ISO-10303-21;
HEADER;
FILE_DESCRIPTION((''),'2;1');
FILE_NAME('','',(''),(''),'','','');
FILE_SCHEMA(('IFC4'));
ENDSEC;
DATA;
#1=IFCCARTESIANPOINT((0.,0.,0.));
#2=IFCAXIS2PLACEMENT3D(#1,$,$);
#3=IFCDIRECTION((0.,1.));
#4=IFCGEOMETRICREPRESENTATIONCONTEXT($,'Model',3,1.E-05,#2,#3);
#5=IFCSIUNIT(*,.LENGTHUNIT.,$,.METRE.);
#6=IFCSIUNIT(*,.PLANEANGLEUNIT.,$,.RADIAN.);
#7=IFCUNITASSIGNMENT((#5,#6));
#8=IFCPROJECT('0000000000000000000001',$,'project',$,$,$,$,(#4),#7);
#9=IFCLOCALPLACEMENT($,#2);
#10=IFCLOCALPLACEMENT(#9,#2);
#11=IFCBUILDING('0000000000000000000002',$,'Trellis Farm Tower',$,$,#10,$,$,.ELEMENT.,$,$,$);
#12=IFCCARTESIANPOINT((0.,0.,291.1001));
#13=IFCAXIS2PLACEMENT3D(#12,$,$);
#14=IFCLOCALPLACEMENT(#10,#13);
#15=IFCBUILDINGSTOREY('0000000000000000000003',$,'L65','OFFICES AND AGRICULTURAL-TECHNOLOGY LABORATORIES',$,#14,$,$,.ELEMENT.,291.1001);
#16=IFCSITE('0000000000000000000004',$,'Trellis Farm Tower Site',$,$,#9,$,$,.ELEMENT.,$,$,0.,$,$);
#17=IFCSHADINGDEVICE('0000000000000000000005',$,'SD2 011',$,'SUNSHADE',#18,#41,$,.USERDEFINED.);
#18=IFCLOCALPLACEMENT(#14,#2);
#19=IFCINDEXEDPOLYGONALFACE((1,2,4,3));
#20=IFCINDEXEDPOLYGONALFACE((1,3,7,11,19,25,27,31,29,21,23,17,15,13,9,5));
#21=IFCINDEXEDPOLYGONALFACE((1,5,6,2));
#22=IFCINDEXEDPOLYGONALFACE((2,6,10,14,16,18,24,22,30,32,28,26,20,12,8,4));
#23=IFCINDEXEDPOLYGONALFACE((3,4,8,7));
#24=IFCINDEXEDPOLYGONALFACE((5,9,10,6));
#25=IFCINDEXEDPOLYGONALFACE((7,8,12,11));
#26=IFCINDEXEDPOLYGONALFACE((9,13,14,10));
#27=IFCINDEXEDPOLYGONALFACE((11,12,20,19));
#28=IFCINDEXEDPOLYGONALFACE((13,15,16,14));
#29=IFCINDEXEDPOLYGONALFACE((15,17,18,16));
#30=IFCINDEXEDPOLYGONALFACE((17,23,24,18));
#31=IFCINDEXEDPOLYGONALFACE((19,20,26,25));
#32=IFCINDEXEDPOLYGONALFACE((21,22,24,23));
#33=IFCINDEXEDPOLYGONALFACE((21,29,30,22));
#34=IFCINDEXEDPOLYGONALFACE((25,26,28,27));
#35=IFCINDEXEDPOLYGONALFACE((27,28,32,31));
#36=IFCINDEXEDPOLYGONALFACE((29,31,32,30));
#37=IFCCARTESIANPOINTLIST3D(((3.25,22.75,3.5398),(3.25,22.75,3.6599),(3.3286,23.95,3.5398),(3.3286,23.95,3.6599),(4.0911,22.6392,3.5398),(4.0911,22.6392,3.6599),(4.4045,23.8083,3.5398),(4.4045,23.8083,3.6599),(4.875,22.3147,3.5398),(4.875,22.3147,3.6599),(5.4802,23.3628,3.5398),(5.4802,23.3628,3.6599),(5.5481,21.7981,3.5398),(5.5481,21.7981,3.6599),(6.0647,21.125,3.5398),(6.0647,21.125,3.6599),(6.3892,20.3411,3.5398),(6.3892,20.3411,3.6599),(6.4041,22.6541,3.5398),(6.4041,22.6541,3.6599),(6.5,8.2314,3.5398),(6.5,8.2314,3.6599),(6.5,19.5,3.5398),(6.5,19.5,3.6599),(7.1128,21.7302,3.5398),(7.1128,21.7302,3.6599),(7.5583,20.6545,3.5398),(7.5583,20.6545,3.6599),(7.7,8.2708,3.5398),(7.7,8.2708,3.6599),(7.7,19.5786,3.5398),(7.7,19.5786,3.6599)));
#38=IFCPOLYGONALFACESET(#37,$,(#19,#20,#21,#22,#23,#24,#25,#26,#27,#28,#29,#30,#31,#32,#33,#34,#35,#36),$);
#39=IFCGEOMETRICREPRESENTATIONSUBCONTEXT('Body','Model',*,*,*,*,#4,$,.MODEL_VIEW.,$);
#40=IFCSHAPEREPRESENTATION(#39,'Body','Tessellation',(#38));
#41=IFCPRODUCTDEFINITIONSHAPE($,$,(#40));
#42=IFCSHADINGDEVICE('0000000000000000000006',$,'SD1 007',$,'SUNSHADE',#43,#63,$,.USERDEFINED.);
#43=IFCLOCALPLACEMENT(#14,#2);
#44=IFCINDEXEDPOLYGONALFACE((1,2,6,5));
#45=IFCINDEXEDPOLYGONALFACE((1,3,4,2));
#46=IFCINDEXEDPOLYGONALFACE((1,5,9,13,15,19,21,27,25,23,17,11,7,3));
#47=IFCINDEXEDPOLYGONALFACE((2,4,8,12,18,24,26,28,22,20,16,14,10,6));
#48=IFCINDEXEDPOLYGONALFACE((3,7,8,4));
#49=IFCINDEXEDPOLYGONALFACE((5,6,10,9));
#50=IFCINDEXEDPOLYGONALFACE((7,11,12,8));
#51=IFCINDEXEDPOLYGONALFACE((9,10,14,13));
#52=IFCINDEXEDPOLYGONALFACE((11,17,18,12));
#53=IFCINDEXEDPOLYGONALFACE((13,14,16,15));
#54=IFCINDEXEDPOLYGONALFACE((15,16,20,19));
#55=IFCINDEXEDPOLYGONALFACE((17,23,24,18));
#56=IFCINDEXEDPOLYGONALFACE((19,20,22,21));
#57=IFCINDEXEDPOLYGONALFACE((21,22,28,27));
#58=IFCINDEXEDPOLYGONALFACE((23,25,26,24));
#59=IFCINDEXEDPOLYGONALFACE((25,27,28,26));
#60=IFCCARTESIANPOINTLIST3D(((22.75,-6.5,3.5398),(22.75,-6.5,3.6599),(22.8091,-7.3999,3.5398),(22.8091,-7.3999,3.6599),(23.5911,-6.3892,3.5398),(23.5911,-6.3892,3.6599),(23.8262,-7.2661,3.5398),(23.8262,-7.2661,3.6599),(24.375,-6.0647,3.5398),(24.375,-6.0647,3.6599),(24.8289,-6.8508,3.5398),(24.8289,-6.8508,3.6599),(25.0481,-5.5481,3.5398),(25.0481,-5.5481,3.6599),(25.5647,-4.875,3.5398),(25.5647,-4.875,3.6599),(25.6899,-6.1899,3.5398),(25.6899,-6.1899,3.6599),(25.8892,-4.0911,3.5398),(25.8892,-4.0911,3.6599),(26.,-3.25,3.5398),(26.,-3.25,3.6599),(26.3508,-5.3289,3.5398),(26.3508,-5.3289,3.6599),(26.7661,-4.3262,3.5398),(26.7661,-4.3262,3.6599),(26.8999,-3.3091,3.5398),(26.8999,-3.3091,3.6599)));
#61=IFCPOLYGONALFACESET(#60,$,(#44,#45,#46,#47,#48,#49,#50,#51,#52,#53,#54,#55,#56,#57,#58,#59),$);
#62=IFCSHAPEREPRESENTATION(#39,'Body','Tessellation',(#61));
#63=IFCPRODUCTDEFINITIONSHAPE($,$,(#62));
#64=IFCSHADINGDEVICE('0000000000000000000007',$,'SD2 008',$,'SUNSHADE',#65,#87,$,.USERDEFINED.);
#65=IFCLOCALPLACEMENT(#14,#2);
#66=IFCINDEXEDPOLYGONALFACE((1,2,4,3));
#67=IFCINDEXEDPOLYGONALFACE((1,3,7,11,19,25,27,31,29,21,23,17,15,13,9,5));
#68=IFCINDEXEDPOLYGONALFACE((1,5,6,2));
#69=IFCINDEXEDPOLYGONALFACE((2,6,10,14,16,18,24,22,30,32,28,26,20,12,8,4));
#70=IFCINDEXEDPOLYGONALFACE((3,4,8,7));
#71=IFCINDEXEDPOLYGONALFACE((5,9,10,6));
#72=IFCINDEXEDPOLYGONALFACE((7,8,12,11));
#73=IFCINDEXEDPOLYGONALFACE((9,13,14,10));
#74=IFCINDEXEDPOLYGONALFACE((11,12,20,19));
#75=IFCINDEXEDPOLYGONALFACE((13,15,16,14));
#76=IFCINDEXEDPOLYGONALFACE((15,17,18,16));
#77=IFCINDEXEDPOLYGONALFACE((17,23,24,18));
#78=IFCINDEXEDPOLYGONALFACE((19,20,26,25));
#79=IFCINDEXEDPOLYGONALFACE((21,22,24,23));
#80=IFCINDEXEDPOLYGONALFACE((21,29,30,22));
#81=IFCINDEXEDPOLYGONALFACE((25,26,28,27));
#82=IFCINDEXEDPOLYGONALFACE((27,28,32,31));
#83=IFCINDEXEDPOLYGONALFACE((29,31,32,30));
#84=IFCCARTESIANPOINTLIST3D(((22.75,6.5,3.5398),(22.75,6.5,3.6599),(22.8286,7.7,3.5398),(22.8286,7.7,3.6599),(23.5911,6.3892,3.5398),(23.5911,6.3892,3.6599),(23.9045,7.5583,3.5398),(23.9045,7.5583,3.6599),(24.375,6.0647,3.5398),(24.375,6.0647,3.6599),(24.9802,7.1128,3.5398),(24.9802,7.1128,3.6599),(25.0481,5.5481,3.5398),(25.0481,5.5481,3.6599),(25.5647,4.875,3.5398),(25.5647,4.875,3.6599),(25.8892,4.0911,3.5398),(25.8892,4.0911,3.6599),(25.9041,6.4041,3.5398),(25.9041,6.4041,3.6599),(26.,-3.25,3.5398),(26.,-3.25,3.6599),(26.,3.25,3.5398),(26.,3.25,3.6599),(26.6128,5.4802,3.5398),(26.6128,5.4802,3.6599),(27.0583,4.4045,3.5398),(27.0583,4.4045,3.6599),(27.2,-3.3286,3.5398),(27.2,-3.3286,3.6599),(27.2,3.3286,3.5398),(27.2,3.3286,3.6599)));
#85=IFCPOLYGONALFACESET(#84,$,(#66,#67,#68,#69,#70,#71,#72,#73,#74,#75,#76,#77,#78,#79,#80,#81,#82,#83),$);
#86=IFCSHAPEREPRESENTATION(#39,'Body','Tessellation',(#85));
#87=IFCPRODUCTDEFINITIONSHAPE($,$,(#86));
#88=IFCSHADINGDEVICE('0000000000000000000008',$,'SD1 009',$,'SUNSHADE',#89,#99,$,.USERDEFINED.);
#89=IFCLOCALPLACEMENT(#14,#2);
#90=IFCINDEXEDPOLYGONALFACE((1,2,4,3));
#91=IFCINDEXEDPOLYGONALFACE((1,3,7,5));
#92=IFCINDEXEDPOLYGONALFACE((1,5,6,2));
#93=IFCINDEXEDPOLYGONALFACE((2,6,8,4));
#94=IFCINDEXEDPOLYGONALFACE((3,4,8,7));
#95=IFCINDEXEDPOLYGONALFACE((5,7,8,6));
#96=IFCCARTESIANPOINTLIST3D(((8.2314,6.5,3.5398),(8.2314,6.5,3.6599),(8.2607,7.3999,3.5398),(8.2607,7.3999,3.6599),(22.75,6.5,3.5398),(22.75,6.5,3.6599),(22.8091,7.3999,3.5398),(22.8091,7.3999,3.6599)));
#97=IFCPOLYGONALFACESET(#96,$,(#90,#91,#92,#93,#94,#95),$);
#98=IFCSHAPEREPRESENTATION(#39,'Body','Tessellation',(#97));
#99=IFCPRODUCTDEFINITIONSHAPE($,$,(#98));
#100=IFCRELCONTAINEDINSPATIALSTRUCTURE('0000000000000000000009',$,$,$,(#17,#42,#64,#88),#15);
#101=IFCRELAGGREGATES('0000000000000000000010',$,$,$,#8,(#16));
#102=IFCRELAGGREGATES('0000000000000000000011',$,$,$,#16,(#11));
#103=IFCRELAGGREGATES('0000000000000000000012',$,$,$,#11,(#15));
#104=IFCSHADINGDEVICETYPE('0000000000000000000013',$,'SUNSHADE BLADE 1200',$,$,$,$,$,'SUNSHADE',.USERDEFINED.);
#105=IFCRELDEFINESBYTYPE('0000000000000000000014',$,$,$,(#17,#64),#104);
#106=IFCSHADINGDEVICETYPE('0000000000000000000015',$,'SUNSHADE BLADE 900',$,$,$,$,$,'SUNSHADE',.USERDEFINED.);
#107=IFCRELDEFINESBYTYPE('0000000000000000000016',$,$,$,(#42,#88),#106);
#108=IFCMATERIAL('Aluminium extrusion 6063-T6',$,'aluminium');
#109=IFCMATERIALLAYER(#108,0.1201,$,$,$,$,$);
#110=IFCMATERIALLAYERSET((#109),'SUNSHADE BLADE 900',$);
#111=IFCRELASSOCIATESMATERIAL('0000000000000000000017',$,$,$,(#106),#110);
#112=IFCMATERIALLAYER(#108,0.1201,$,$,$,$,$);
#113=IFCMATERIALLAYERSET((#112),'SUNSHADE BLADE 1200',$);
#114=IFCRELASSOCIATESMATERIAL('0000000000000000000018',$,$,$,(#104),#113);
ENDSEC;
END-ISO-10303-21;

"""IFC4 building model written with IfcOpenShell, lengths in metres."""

from ifc_helpers import new_model, si_unit, direction, frame, origin, place, context, subcontext, project, spatial, polyline, outline, extrude, source, transform, mapped, material, layer, layer_set, type_object, element, save


model = new_model("IFC4")

# Units and contexts
model_context = context("Model", 3, precision=1e-05, world=origin(), true_north=direction((0.0, 1.0)))
body_context = subcontext(model_context, "Body", "Model", "MODEL_VIEW")
ifc_project = project(units=[si_unit("LENGTHUNIT", "METRE"), si_unit("PLANEANGLEUNIT", "RADIAN")], contexts=[model_context])

# Site, building, storey
site_placement = place(None, origin())
site = spatial("IfcSite", under=ifc_project, at=site_placement, Name="Trellis Farm Tower Site", CompositionType="ELEMENT", RefElevation=0.0)
building_placement = place(site_placement, origin())
building = spatial("IfcBuilding", under=site, at=building_placement, Name="Trellis Farm Tower", CompositionType="ELEMENT")
storey_placement = place(building_placement, frame((0.0, 0.0, 291.1001)))
storey = spatial("IfcBuildingStorey", under=building, at=storey_placement, Name="L65", Description="OFFICES AND AGRICULTURAL-TECHNOLOGY LABORATORIES", CompositionType="ELEMENT", Elevation=291.1001)

# Shared definitions
ifc_material_1 = material(Name="Aluminium extrusion 6063-T6", Category="aluminium")

# Shading devices
ifc_layer_1 = layer(ifc_material_1, 0.1201)
ifc_layer_set_1 = layer_set([ifc_layer_1], Name="SUNSHADE BLADE 900")
shading_device_type_1 = type_object("IfcShadingDeviceType", Name="SUNSHADE BLADE 900", ElementType="SUNSHADE", PredefinedType="USERDEFINED", material=ifc_layer_set_1)
placement_1 = place(storey_placement, frame((0.0, 0.0, 3.5398)))
ifc_layer_2 = layer(ifc_material_1, 0.1201)
ifc_layer_set_2 = layer_set([ifc_layer_2], Name="SUNSHADE BLADE 1200")
shading_device_type_2 = type_object("IfcShadingDeviceType", Name="SUNSHADE BLADE 1200", ElementType="SUNSHADE", PredefinedType="USERDEFINED", material=ifc_layer_set_2)
shared_shape_1 = source(origin(), body_context, "Body", "SweptSolid", [
    extrude(outline(polyline([(7.7, 8.2708), (7.7, 19.5786), (7.5583, 20.6545), (7.1128, 21.7302), (6.4041, 22.6541), (5.4802, 23.3628), (4.4045, 23.8083), (3.3286, 23.95), (3.25, 22.75), (4.0911, 22.6392), (4.875, 22.3147), (5.5481, 21.7981), (6.0647, 21.125), (6.3892, 20.3411), (6.5, 19.5), (6.5, 8.2314), (7.7, 8.2708)])), origin(), (0.0, 0.0, 1.0), 0.1201),
])
element("IfcShadingDevice", 1, at=placement_1, inside=storey, type_object=shading_device_type_2, Name="SD2 011", ObjectType="SUNSHADE", PredefinedType="USERDEFINED", context=body_context, shape_type="MappedRepresentation", body=[
    mapped(shared_shape_1, transform((0.0, 0.0, 0.0))),
])
shared_shape_2 = source(origin(), body_context, "Body", "SweptSolid", [
    extrude(outline(polyline([(22.8091, -7.3999), (23.8262, -7.2661), (24.8289, -6.8508), (25.6899, -6.1899), (26.3508, -5.3289), (26.7661, -4.3262), (26.8999, -3.3091), (26.0, -3.25), (25.8892, -4.0911), (25.5647, -4.875), (25.0481, -5.5481), (24.375, -6.0647), (23.5911, -6.3892), (22.75, -6.5), (22.8091, -7.3999)])), origin(), (0.0, 0.0, 1.0), 0.1201),
])
element("IfcShadingDevice", 2, at=placement_1, inside=storey, type_object=shading_device_type_1, Name="SD1 007", ObjectType="SUNSHADE", PredefinedType="USERDEFINED", context=body_context, shape_type="MappedRepresentation", body=[
    mapped(shared_shape_2, transform((0.0, 0.0, 0.0))),
])
shared_shape_3 = source(origin(), body_context, "Body", "SweptSolid", [
    extrude(outline(polyline([(27.2, -3.3286), (27.2, 3.3286), (27.0583, 4.4045), (26.6128, 5.4802), (25.9041, 6.4041), (24.9802, 7.1128), (23.9045, 7.5583), (22.8286, 7.7), (22.75, 6.5), (23.5911, 6.3892), (24.375, 6.0647), (25.0481, 5.5481), (25.5647, 4.875), (25.8892, 4.0911), (26.0, 3.25), (26.0, -3.25), (27.2, -3.3286)])), origin(), (0.0, 0.0, 1.0), 0.1201),
])
element("IfcShadingDevice", 3, at=placement_1, inside=storey, type_object=shading_device_type_2, Name="SD2 008", ObjectType="SUNSHADE", PredefinedType="USERDEFINED", context=body_context, shape_type="MappedRepresentation", body=[
    mapped(shared_shape_3, transform((0.0, 0.0, 0.0))),
])
shared_shape_4 = source(origin(), body_context, "Body", "SweptSolid", [
    extrude(outline(polyline([(22.8091, 7.3999), (8.2607, 7.3999), (8.2314, 6.5), (22.75, 6.5), (22.8091, 7.3999)])), origin(), (0.0, 0.0, 1.0), 0.1201),
])
element("IfcShadingDevice", 4, at=placement_1, inside=storey, type_object=shading_device_type_1, Name="SD1 009", ObjectType="SUNSHADE", PredefinedType="USERDEFINED", context=body_context, shape_type="MappedRepresentation", body=[
    mapped(shared_shape_4, transform((0.0, 0.0, 0.0))),
])

save(model, "model.ifc")
